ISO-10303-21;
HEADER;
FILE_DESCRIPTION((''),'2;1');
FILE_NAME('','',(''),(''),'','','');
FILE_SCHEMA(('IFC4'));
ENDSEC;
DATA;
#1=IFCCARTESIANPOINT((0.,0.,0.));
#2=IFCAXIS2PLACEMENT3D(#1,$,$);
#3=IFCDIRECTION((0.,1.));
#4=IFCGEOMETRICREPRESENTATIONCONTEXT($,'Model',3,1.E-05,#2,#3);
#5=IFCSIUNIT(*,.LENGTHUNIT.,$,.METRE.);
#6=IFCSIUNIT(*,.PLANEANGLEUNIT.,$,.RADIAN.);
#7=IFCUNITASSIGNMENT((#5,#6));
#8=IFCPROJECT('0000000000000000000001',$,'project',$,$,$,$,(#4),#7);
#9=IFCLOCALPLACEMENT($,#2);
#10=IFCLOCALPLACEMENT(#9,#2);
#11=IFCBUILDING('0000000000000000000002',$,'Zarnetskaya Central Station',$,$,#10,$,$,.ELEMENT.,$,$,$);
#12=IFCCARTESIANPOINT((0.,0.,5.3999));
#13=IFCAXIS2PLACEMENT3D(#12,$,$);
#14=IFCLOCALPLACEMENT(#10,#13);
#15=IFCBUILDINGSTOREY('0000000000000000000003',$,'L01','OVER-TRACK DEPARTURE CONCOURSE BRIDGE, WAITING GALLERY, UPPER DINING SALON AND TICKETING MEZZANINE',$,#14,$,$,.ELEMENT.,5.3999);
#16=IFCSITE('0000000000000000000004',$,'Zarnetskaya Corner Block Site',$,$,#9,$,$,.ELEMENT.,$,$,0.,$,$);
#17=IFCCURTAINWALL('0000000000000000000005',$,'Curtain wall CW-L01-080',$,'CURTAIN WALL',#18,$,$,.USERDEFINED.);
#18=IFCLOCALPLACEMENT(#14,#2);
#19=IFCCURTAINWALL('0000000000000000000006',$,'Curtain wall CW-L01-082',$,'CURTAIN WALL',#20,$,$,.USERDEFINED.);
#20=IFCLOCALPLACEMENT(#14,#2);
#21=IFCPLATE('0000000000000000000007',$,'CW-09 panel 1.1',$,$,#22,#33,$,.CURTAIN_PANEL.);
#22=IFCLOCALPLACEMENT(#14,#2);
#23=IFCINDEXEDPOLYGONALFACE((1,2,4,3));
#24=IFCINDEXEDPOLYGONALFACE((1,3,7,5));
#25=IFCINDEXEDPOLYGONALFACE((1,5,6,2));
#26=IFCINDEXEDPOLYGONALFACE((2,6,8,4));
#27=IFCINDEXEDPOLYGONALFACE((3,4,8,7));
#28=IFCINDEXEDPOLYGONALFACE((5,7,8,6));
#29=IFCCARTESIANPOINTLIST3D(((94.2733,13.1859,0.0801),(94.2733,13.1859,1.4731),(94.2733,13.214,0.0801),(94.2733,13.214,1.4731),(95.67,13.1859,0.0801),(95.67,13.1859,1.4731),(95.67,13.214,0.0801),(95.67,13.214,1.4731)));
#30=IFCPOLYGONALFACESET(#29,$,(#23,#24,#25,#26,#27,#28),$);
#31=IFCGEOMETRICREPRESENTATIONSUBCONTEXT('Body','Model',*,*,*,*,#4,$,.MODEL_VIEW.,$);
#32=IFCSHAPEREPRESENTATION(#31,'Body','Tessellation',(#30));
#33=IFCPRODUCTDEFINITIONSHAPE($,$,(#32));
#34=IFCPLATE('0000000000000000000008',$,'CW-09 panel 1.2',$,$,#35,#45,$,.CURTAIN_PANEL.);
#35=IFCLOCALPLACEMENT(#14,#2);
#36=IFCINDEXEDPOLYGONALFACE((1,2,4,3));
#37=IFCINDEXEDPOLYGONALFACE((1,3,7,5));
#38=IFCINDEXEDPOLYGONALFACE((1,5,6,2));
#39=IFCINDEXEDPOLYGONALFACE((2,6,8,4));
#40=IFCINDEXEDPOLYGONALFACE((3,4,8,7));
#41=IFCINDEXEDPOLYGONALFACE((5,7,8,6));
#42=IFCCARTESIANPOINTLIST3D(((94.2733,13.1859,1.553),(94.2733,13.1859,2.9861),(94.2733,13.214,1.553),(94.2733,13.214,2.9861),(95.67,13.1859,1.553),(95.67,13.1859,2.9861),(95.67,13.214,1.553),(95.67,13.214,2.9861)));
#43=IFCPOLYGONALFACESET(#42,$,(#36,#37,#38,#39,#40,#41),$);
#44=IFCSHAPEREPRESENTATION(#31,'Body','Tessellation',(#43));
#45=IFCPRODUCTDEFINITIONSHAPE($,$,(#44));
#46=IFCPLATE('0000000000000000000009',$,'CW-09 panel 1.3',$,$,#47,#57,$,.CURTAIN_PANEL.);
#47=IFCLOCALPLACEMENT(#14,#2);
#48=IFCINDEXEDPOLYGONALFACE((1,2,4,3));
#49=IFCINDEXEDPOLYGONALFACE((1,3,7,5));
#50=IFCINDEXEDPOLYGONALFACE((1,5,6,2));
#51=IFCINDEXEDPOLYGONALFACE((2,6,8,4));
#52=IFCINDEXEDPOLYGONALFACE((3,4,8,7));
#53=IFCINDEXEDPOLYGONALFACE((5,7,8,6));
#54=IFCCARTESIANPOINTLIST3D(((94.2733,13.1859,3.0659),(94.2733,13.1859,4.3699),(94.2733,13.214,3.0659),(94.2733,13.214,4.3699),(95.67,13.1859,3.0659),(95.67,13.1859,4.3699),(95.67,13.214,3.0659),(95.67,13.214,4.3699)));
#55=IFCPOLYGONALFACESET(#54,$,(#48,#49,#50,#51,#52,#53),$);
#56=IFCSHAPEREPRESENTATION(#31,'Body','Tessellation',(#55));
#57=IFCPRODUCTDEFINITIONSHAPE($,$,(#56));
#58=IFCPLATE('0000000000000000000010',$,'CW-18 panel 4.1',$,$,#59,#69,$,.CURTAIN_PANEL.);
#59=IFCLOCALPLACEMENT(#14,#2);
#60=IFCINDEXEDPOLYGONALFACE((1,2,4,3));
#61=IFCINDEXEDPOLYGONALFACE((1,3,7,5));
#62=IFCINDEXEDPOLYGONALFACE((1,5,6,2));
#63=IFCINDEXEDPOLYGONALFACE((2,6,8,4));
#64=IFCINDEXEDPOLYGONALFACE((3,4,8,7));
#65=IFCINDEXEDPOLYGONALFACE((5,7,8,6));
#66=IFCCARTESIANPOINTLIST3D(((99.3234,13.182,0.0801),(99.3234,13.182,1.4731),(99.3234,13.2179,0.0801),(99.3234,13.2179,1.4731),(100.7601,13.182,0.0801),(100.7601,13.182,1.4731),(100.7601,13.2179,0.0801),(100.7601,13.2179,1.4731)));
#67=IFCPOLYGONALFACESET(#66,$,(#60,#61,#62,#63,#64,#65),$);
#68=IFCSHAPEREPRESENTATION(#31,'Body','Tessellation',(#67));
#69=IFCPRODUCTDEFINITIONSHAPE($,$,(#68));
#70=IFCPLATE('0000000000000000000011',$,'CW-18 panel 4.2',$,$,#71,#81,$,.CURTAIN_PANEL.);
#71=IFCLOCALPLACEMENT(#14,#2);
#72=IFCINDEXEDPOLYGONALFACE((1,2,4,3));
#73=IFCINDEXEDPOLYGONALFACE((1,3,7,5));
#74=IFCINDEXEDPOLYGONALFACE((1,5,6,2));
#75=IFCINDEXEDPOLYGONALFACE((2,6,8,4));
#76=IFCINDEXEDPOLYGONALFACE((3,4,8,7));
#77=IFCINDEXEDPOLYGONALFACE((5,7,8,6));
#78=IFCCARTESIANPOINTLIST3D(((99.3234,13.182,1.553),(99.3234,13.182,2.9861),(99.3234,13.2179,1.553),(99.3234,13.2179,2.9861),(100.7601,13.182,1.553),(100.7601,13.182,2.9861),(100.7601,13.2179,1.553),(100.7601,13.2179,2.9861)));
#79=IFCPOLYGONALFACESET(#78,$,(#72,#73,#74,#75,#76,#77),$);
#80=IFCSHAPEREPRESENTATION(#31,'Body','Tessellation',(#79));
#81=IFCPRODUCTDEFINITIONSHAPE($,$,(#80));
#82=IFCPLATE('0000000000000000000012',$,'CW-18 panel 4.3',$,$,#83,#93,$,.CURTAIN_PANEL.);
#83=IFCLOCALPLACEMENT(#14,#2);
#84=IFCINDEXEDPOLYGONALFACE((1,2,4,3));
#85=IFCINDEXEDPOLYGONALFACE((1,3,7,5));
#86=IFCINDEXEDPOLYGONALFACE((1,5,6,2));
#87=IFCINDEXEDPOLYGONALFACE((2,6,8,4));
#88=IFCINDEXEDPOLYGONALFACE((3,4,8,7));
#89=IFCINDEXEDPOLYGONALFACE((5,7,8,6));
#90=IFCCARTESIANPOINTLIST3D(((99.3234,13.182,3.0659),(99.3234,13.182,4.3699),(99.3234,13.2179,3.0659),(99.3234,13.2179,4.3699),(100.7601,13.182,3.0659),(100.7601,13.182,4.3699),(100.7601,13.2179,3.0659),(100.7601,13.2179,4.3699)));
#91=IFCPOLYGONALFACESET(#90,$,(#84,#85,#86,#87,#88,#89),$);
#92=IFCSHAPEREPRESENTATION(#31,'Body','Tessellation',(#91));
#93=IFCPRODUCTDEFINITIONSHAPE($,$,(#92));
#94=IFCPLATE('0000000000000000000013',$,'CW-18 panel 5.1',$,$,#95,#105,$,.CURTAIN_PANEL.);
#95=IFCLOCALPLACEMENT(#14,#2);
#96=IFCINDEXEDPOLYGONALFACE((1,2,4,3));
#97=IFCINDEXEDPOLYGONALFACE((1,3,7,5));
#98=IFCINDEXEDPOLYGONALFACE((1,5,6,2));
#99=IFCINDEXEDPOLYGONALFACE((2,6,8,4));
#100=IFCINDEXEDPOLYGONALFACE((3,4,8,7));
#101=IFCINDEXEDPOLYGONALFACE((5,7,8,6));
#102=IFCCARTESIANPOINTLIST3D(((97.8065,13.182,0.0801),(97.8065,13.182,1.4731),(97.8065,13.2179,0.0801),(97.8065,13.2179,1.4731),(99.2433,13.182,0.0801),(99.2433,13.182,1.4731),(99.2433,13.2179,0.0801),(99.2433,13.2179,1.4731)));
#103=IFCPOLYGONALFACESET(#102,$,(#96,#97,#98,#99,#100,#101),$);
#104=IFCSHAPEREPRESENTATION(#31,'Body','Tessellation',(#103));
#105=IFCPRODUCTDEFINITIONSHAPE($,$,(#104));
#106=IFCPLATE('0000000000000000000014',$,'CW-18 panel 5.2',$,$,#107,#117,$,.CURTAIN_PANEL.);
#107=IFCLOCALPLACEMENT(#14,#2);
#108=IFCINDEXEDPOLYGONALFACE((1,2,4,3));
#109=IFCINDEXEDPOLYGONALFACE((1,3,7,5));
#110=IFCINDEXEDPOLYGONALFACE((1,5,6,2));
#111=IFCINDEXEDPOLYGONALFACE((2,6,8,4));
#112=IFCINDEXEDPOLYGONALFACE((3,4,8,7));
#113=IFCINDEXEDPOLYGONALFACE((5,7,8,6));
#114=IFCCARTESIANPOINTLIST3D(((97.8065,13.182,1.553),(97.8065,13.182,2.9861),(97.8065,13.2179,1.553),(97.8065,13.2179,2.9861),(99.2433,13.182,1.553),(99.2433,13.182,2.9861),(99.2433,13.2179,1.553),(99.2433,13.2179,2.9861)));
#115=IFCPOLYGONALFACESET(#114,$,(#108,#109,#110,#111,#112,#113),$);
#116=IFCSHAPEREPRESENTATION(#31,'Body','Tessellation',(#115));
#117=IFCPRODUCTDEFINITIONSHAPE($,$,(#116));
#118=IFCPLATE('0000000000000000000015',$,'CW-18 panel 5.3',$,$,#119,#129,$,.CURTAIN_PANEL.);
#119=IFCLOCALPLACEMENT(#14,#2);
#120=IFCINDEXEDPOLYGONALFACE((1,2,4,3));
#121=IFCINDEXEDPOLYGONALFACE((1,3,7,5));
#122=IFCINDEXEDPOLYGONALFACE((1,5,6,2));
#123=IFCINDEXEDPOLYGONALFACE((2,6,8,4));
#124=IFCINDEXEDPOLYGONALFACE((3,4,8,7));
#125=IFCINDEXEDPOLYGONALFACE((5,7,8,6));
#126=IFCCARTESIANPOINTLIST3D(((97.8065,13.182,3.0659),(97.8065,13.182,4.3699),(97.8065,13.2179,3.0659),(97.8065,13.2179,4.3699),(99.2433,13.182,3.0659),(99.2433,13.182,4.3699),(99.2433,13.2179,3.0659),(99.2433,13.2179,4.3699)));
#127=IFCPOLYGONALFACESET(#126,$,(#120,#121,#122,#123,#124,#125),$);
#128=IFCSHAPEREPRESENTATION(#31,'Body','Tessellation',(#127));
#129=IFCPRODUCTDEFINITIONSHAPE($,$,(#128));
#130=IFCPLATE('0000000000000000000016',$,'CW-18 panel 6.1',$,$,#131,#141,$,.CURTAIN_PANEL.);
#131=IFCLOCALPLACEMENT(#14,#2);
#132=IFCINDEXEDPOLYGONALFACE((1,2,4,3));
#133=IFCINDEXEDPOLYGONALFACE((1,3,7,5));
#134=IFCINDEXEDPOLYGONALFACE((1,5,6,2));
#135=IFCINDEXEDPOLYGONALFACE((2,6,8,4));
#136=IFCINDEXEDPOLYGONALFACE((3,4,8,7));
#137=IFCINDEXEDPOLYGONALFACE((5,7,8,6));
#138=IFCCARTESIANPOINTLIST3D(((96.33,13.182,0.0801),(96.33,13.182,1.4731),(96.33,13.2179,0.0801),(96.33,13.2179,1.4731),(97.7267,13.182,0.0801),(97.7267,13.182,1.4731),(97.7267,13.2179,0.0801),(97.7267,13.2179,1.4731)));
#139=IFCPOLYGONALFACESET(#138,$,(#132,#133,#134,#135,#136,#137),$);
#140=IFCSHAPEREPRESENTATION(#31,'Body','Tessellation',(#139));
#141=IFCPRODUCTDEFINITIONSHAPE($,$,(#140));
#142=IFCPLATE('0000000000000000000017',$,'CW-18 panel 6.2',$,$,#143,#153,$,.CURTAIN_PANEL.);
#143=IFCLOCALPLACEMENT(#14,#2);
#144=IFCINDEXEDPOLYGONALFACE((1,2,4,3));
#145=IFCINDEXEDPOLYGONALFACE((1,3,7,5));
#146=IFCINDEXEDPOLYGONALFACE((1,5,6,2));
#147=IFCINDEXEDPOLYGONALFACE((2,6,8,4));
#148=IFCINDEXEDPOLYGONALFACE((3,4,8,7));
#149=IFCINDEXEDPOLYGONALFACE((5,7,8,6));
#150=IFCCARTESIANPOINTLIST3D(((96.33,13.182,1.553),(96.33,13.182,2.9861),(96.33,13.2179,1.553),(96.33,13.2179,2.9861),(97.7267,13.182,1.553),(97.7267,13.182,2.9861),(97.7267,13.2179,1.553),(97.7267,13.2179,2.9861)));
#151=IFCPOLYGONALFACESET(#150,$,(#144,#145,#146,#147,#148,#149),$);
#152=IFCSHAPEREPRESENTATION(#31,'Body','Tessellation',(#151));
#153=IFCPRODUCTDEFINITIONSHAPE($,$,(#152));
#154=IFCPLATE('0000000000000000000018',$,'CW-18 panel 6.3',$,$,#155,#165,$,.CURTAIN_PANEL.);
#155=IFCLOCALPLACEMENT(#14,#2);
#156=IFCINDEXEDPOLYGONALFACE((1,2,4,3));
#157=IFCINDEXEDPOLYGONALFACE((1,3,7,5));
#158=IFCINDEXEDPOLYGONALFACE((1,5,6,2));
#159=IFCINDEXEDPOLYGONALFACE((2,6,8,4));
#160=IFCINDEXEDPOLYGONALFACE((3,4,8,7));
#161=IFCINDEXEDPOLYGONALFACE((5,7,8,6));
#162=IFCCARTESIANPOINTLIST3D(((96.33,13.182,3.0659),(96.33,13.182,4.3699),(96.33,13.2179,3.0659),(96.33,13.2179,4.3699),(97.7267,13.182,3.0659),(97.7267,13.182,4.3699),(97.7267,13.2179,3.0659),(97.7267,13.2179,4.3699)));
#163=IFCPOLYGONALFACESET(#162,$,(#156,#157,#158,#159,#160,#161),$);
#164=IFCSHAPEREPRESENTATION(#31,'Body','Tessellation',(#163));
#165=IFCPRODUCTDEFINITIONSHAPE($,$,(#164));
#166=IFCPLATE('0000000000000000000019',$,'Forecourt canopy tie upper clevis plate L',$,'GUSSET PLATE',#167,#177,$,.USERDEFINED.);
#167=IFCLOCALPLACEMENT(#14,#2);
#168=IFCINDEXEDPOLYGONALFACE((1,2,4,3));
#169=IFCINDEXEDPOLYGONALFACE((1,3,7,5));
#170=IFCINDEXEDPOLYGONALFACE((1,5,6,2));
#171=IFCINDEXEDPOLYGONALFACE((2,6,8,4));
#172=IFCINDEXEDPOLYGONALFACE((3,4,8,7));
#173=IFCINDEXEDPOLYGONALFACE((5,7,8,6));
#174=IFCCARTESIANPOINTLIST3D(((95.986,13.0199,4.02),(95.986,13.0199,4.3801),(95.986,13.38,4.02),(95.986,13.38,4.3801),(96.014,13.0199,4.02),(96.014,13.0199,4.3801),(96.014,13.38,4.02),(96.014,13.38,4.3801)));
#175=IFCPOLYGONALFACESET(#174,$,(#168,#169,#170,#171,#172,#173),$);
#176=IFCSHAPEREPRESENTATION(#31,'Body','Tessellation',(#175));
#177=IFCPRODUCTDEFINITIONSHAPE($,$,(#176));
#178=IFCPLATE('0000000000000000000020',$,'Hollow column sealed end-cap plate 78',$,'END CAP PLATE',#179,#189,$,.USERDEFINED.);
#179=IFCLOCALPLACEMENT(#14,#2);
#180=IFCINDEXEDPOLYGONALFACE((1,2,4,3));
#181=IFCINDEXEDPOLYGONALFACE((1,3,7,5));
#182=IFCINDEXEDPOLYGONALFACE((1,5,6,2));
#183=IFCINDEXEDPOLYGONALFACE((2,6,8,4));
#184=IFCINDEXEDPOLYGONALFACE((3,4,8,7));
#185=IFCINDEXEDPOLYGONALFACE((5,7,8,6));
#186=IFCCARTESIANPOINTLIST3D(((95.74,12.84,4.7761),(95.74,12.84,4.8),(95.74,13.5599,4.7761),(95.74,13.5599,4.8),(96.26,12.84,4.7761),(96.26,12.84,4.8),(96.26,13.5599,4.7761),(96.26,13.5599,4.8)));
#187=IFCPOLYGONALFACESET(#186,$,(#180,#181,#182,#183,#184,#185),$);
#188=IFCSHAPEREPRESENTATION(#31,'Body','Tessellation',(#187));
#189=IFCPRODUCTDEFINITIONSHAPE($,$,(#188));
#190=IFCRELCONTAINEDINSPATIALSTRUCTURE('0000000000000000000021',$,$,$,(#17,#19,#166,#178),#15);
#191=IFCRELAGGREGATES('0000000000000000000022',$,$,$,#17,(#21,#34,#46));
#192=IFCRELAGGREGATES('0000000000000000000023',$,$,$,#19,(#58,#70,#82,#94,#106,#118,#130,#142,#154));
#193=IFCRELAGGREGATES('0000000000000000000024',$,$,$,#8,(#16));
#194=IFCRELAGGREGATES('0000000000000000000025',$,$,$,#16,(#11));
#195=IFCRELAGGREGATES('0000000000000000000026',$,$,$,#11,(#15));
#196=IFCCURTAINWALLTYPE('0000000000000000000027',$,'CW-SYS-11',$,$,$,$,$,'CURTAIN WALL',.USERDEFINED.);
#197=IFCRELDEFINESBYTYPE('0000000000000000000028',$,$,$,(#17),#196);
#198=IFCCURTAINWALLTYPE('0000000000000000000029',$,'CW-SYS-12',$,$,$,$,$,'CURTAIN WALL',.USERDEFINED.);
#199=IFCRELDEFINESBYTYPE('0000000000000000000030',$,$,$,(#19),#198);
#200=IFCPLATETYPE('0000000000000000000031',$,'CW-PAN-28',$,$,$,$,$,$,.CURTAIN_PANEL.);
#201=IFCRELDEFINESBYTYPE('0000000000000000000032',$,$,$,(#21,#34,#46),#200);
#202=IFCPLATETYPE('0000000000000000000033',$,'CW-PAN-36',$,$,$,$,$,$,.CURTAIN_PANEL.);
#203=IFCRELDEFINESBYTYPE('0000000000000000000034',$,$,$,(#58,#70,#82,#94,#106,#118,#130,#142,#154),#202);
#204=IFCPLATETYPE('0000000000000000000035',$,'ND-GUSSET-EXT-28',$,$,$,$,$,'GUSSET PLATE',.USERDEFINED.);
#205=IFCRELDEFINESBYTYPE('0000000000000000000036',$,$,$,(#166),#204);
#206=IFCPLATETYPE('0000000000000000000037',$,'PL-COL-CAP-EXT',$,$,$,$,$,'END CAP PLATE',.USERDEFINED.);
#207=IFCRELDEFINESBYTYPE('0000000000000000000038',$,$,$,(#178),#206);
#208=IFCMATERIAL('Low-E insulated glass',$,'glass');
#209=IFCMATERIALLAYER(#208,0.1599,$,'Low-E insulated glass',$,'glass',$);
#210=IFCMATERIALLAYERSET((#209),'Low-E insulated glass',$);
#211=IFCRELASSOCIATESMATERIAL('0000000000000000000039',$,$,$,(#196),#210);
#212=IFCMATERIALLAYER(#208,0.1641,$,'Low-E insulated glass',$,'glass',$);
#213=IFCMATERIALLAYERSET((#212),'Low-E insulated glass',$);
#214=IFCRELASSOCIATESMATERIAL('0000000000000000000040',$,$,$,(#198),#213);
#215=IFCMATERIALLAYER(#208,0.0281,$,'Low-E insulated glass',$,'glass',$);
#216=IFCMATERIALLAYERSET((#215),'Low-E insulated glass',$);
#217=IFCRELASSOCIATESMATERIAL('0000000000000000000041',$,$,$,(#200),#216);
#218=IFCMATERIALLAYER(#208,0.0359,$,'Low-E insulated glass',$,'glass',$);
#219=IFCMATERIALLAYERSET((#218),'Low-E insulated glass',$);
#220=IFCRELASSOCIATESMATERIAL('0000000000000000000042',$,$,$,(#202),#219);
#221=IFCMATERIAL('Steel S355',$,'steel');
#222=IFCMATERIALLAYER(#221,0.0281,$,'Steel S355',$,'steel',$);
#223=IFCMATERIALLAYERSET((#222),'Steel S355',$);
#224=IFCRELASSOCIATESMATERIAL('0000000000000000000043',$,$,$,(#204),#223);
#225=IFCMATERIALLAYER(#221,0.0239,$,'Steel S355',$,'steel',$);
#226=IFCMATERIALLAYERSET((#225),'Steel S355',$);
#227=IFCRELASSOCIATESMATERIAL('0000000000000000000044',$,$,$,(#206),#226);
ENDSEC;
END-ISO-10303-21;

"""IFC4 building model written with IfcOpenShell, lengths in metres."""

from ifc_helpers import new_model, si_unit, direction, frame, origin, origin_2d, place, context, subcontext, project, spatial, rectangle, extrude, material, layer, layer_set, type_object, element, aggregate, save


model = new_model("IFC4")

# Units and contexts
model_context = context("Model", 3, precision=1e-05, world=origin(), true_north=direction((0.0, 1.0)))
body_context = subcontext(model_context, "Body", "Model", "MODEL_VIEW")
ifc_project = project(units=[si_unit("LENGTHUNIT", "METRE"), si_unit("PLANEANGLEUNIT", "RADIAN")], contexts=[model_context])

# Site, building, storey
site_placement = place(None, origin())
site = spatial("IfcSite", under=ifc_project, at=site_placement, Name="Zarnetskaya Corner Block Site", CompositionType="ELEMENT", RefElevation=0.0)
building_placement = place(site_placement, origin())
building = spatial("IfcBuilding", under=site, at=building_placement, Name="Zarnetskaya Central Station", CompositionType="ELEMENT")
storey_placement = place(building_placement, frame((0.0, 0.0, 5.3999)))
storey = spatial("IfcBuildingStorey", under=building, at=storey_placement, Name="L01", Description="OVER-TRACK DEPARTURE CONCOURSE BRIDGE, WAITING GALLERY, UPPER DINING SALON AND TICKETING MEZZANINE", CompositionType="ELEMENT", Elevation=5.3999)

# Shared definitions
ifc_material_1 = material(Name="Steel S355", Category="steel")

# Curtain wall
ifc_material_2 = material(Name="Low-E insulated glass", Category="glass")
ifc_layer_1 = layer(ifc_material_2, 0.1599, Name="Low-E insulated glass", Category="glass")
ifc_layer_set_1 = layer_set([ifc_layer_1], Name="Low-E insulated glass")
curtain_wall_type_1 = type_object("IfcCurtainWallType", Name="CW-SYS-11", ElementType="CURTAIN WALL", PredefinedType="USERDEFINED", material=ifc_layer_set_1)
curtain_wall_1_placement = place(storey_placement, origin())
curtain_wall_1 = element("IfcCurtainWall", 1, at=curtain_wall_1_placement, inside=storey, type_object=curtain_wall_type_1, Name="Curtain wall CW-L01-080", ObjectType="CURTAIN WALL", PredefinedType="USERDEFINED")

# Curtain wall
ifc_layer_2 = layer(ifc_material_2, 0.1641, Name="Low-E insulated glass", Category="glass")
ifc_layer_set_2 = layer_set([ifc_layer_2], Name="Low-E insulated glass")
curtain_wall_type_2 = type_object("IfcCurtainWallType", Name="CW-SYS-12", ElementType="CURTAIN WALL", PredefinedType="USERDEFINED", material=ifc_layer_set_2)
curtain_wall_2_placement = place(storey_placement, origin())
curtain_wall_2 = element("IfcCurtainWall", 2, at=curtain_wall_2_placement, inside=storey, type_object=curtain_wall_type_2, Name="Curtain wall CW-L01-082", ObjectType="CURTAIN WALL", PredefinedType="USERDEFINED")

# Plates
ifc_layer_3 = layer(ifc_material_2, 0.0281, Name="Low-E insulated glass", Category="glass")
ifc_layer_set_3 = layer_set([ifc_layer_3], Name="Low-E insulated glass")
plate_type_1 = type_object("IfcPlateType", Name="CW-PAN-28", PredefinedType="CURTAIN_PANEL", material=ifc_layer_set_3)
plate_1_placement = place(storey_placement, frame((94.9717, 13.2, 0.0801), z_axis=(0.0, 0.0, 1.0), x_axis=(-1.0, 0.0, 0.0)))
plate_1 = element("IfcPlate", 3, at=plate_1_placement, type_object=plate_type_1, Name="CW-09 panel 1.1", PredefinedType="CURTAIN_PANEL", context=body_context, shape_type="SweptSolid", body=[
    extrude(rectangle(XDim=1.3967, YDim=0.0281, at=origin_2d()), origin(), (0.0, 0.0, 1.0), 1.3931),
])
plate_2_placement = place(storey_placement, frame((94.9717, 13.2, 1.553), z_axis=(0.0, 0.0, 1.0), x_axis=(-1.0, 0.0, 0.0)))
plate_2 = element("IfcPlate", 4, at=plate_2_placement, type_object=plate_type_1, Name="CW-09 panel 1.2", PredefinedType="CURTAIN_PANEL", context=body_context, shape_type="SweptSolid", body=[
    extrude(rectangle(XDim=1.3967, YDim=0.0281, at=origin_2d()), origin(), (0.0, 0.0, 1.0), 1.4331),
])
plate_3_placement = place(storey_placement, frame((94.9717, 13.2, 3.0659), z_axis=(0.0, 0.0, 1.0), x_axis=(-1.0, 0.0, 0.0)))
plate_3 = element("IfcPlate", 5, at=plate_3_placement, type_object=plate_type_1, Name="CW-09 panel 1.3", PredefinedType="CURTAIN_PANEL", context=body_context, shape_type="SweptSolid", body=[
    extrude(rectangle(XDim=1.3967, YDim=0.0281, at=origin_2d()), origin(), (0.0, 0.0, 1.0), 1.304),
])
aggregate(curtain_wall_1, [plate_1, plate_2, plate_3])
ifc_layer_4 = layer(ifc_material_2, 0.0359, Name="Low-E insulated glass", Category="glass")
ifc_layer_set_4 = layer_set([ifc_layer_4], Name="Low-E insulated glass")
plate_type_2 = type_object("IfcPlateType", Name="CW-PAN-36", PredefinedType="CURTAIN_PANEL", material=ifc_layer_set_4)
plate_4_placement = place(storey_placement, frame((100.0417, 13.2, 0.0801), z_axis=(0.0, 0.0, 1.0), x_axis=(-1.0, 0.0, 0.0)))
plate_4 = element("IfcPlate", 6, at=plate_4_placement, type_object=plate_type_2, Name="CW-18 panel 4.1", PredefinedType="CURTAIN_PANEL", context=body_context, shape_type="SweptSolid", body=[
    extrude(rectangle(XDim=1.4368, YDim=0.0359, at=origin_2d()), origin(), (0.0, 0.0, 1.0), 1.3931),
])
plate_5_placement = place(storey_placement, frame((100.0417, 13.2, 1.553), z_axis=(0.0, 0.0, 1.0), x_axis=(-1.0, 0.0, 0.0)))
plate_5 = element("IfcPlate", 7, at=plate_5_placement, type_object=plate_type_2, Name="CW-18 panel 4.2", PredefinedType="CURTAIN_PANEL", context=body_context, shape_type="SweptSolid", body=[
    extrude(rectangle(XDim=1.4368, YDim=0.0359, at=origin_2d()), origin(), (0.0, 0.0, 1.0), 1.4331),
])
plate_6_placement = place(storey_placement, frame((100.0417, 13.2, 3.0659), z_axis=(0.0, 0.0, 1.0), x_axis=(-1.0, 0.0, 0.0)))
plate_6 = element("IfcPlate", 8, at=plate_6_placement, type_object=plate_type_2, Name="CW-18 panel 4.3", PredefinedType="CURTAIN_PANEL", context=body_context, shape_type="SweptSolid", body=[
    extrude(rectangle(XDim=1.4368, YDim=0.0359, at=origin_2d()), origin(), (0.0, 0.0, 1.0), 1.304),
])
plate_7_placement = place(storey_placement, frame((98.5249, 13.2, 0.0801), z_axis=(0.0, 0.0, 1.0), x_axis=(-1.0, 0.0, 0.0)))
plate_7 = element("IfcPlate", 9, at=plate_7_placement, type_object=plate_type_2, Name="CW-18 panel 5.1", PredefinedType="CURTAIN_PANEL", context=body_context, shape_type="SweptSolid", body=[
    extrude(rectangle(XDim=1.4368, YDim=0.0359, at=origin_2d()), origin(), (0.0, 0.0, 1.0), 1.3931),
])
plate_8_placement = place(storey_placement, frame((98.5249, 13.2, 1.553), z_axis=(0.0, 0.0, 1.0), x_axis=(-1.0, 0.0, 0.0)))
plate_8 = element("IfcPlate", 10, at=plate_8_placement, type_object=plate_type_2, Name="CW-18 panel 5.2", PredefinedType="CURTAIN_PANEL", context=body_context, shape_type="SweptSolid", body=[
    extrude(rectangle(XDim=1.4368, YDim=0.0359, at=origin_2d()), origin(), (0.0, 0.0, 1.0), 1.4331),
])
plate_9_placement = place(storey_placement, frame((98.5249, 13.2, 3.0659), z_axis=(0.0, 0.0, 1.0), x_axis=(-1.0, 0.0, 0.0)))
plate_9 = element("IfcPlate", 11, at=plate_9_placement, type_object=plate_type_2, Name="CW-18 panel 5.3", PredefinedType="CURTAIN_PANEL", context=body_context, shape_type="SweptSolid", body=[
    extrude(rectangle(XDim=1.4368, YDim=0.0359, at=origin_2d()), origin(), (0.0, 0.0, 1.0), 1.304),
])
plate_10_placement = place(storey_placement, frame((97.0283, 13.2, 0.0801), z_axis=(0.0, 0.0, 1.0), x_axis=(-1.0, 0.0, 0.0)))
plate_10 = element("IfcPlate", 12, at=plate_10_placement, type_object=plate_type_2, Name="CW-18 panel 6.1", PredefinedType="CURTAIN_PANEL", context=body_context, shape_type="SweptSolid", body=[
    extrude(rectangle(XDim=1.3967, YDim=0.0359, at=origin_2d()), origin(), (0.0, 0.0, 1.0), 1.3931),
])
plate_11_placement = place(storey_placement, frame((97.0283, 13.2, 1.553), z_axis=(0.0, 0.0, 1.0), x_axis=(-1.0, 0.0, 0.0)))
plate_11 = element("IfcPlate", 13, at=plate_11_placement, type_object=plate_type_2, Name="CW-18 panel 6.2", PredefinedType="CURTAIN_PANEL", context=body_context, shape_type="SweptSolid", body=[
    extrude(rectangle(XDim=1.3967, YDim=0.0359, at=origin_2d()), origin(), (0.0, 0.0, 1.0), 1.4331),
])
plate_12_placement = place(storey_placement, frame((97.0283, 13.2, 3.0659), z_axis=(0.0, 0.0, 1.0), x_axis=(-1.0, 0.0, 0.0)))
plate_12 = element("IfcPlate", 14, at=plate_12_placement, type_object=plate_type_2, Name="CW-18 panel 6.3", PredefinedType="CURTAIN_PANEL", context=body_context, shape_type="SweptSolid", body=[
    extrude(rectangle(XDim=1.3967, YDim=0.0359, at=origin_2d()), origin(), (0.0, 0.0, 1.0), 1.304),
])
aggregate(curtain_wall_2, [plate_4, plate_5, plate_6, plate_7, plate_8, plate_9, plate_10, plate_11, plate_12])

# Plates
ifc_layer_5 = layer(ifc_material_1, 0.0281, Name="Steel S355", Category="steel")
ifc_layer_set_5 = layer_set([ifc_layer_5], Name="Steel S355")
plate_type_3 = type_object("IfcPlateType", Name="ND-GUSSET-EXT-28", ElementType="GUSSET PLATE", PredefinedType="USERDEFINED", material=ifc_layer_set_5)
plate_13_placement = place(storey_placement, frame((96.0, 13.2, 4.02), z_axis=(0.0, 0.0, 1.0), x_axis=(1.0, 0.0, 0.0)))
element("IfcPlate", 15, at=plate_13_placement, inside=storey, type_object=plate_type_3, Name="Forecourt canopy tie upper clevis plate L", ObjectType="GUSSET PLATE", PredefinedType="USERDEFINED", context=body_context, shape_type="SweptSolid", body=[
    extrude(rectangle(XDim=0.0281, YDim=0.3601, at=origin_2d()), origin(), (0.0, 0.0, 1.0), 0.3601),
])
ifc_layer_6 = layer(ifc_material_1, 0.0239, Name="Steel S355", Category="steel")
ifc_layer_set_6 = layer_set([ifc_layer_6], Name="Steel S355")
plate_type_4 = type_object("IfcPlateType", Name="PL-COL-CAP-EXT", ElementType="END CAP PLATE", PredefinedType="USERDEFINED", material=ifc_layer_set_6)
plate_14_placement = place(storey_placement, frame((96.0, 13.2, 4.7761), z_axis=(0.0, 0.0, 1.0), x_axis=(1.0, 0.0, 0.0)))
element("IfcPlate", 16, at=plate_14_placement, inside=storey, type_object=plate_type_4, Name="Hollow column sealed end-cap plate 78", ObjectType="END CAP PLATE", PredefinedType="USERDEFINED", context=body_context, shape_type="SweptSolid", body=[
    extrude(rectangle(XDim=0.52, YDim=0.72, at=origin_2d()), origin(), (0.0, 0.0, 1.0), 0.0239),
])

save(model, "model.ifc")
